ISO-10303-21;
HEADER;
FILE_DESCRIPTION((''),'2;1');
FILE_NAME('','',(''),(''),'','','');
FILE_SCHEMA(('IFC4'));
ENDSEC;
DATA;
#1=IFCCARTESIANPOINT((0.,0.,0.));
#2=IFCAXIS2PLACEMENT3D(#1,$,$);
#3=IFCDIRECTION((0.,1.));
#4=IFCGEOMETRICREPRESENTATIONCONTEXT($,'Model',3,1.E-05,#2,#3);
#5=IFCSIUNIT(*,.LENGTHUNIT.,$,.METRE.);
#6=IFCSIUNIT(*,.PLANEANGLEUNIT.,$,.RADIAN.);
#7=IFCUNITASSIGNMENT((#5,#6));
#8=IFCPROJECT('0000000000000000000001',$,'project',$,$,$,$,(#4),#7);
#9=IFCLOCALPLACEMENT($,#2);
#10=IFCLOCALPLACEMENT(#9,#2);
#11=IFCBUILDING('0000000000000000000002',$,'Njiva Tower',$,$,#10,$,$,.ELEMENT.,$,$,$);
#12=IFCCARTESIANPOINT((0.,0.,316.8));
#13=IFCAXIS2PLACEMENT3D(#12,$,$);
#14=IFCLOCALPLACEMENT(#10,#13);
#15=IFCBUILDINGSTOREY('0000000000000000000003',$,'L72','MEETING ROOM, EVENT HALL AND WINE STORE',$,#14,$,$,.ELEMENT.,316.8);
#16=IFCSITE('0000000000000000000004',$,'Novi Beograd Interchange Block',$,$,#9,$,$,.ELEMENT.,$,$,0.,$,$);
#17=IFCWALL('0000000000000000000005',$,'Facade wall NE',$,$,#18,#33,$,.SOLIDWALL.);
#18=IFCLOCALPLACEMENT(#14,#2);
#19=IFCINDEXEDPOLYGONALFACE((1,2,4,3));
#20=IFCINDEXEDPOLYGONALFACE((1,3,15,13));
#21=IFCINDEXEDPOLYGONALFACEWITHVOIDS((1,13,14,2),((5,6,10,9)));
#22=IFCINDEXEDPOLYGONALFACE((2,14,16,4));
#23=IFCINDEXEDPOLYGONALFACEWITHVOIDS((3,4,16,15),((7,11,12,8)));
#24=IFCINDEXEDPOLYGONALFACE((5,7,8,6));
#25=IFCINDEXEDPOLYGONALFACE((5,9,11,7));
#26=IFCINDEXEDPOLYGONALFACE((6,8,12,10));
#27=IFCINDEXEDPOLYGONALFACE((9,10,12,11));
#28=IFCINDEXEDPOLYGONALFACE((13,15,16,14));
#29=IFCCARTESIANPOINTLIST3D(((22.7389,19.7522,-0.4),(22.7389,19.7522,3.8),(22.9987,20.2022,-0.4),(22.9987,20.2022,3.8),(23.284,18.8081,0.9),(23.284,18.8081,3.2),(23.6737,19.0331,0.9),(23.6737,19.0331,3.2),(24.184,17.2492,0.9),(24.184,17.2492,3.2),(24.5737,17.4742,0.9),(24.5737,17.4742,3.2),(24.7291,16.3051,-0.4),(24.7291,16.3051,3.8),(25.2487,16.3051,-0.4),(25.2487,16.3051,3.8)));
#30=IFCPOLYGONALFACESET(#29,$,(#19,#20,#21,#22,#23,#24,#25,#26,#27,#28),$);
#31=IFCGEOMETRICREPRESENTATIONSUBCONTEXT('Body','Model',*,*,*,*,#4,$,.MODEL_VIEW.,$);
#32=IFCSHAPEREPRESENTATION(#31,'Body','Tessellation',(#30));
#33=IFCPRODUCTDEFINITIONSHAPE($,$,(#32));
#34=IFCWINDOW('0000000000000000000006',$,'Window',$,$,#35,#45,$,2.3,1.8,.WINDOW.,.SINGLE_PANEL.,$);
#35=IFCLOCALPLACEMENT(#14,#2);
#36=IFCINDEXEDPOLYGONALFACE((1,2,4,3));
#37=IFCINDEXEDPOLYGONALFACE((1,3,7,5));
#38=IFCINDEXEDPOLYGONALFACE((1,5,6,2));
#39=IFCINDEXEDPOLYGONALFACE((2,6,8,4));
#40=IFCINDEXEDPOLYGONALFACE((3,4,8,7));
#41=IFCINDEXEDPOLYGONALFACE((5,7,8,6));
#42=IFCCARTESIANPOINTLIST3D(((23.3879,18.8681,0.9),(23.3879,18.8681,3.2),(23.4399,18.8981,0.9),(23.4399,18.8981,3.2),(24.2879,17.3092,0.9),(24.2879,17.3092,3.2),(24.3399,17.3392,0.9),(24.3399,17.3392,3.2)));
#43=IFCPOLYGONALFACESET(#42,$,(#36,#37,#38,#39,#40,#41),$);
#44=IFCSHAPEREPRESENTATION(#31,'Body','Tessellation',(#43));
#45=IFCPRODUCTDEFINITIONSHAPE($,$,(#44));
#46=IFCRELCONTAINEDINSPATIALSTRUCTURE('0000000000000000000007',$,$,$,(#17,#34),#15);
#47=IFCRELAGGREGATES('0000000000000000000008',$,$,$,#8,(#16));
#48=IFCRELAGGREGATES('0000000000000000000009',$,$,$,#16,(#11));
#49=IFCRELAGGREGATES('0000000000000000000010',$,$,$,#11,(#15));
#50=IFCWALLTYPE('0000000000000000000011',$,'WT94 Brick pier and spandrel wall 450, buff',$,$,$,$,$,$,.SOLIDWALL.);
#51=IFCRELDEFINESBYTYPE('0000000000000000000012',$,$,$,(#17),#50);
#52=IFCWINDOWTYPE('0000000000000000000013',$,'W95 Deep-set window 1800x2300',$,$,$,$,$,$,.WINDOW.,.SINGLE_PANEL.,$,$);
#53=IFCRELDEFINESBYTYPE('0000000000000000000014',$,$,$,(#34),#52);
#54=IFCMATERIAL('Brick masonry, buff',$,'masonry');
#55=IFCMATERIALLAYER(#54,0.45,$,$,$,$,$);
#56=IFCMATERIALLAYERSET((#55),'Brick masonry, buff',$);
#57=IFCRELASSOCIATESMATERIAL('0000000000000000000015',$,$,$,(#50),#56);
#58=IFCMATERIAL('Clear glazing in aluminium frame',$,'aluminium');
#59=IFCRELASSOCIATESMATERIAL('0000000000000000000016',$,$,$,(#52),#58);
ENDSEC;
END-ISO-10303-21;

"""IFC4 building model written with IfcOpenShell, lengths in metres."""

from ifc_helpers import new_model, si_unit, direction, frame, frame_2d, origin, place, context, subcontext, project, spatial, polyline, rectangle, outline, extrude, material, layer, layer_set, type_object, element, fill, save


model = new_model("IFC4")

# Units and contexts
model_context = context("Model", 3, precision=1e-05, world=origin(), true_north=direction((0.0, 1.0)))
body_context = subcontext(model_context, "Body", "Model", "MODEL_VIEW")
ifc_project = project(units=[si_unit("LENGTHUNIT", "METRE"), si_unit("PLANEANGLEUNIT", "RADIAN")], contexts=[model_context])

# Site, building, storey
site_placement = place(None, origin())
site = spatial("IfcSite", under=ifc_project, at=site_placement, Name="Novi Beograd Interchange Block", CompositionType="ELEMENT", RefElevation=0.0)
building_placement = place(site_placement, origin())
building = spatial("IfcBuilding", under=site, at=building_placement, Name="Njiva Tower", CompositionType="ELEMENT")
storey_placement = place(building_placement, frame((0.0, 0.0, 316.8)))
storey = spatial("IfcBuildingStorey", under=building, at=storey_placement, Name="L72", Description="MEETING ROOM, EVENT HALL AND WINE STORE", CompositionType="ELEMENT", Elevation=316.8)

# Shared definitions
ifc_material_1 = material(Name="Clear glazing in aluminium frame", Category="aluminium")

# Wall, opening, window
ifc_material_2 = material(Name="Brick masonry, buff", Category="masonry")
ifc_layer_1 = layer(ifc_material_2, 0.45)
ifc_layer_set_1 = layer_set([ifc_layer_1], Name="Brick masonry, buff")
wall_type_1 = type_object("IfcWallType", Name="WT94 Brick pier and spandrel wall 450, buff", PredefinedType="SOLIDWALL", material=ifc_layer_set_1)
wall_1_placement = place(storey_placement, frame((24.9889, 16.3051, -0.4), z_axis=(0.0, 0.0, 1.0), x_axis=(-0.500002, 0.866024, 0.0)))
wall_1 = element("IfcWall", 1, at=wall_1_placement, inside=storey, type_object=wall_type_1, Name="Facade wall NE", PredefinedType="SOLIDWALL", context=body_context, shape_type="SweptSolid", body=[
    extrude(outline(polyline([(-0.1299, -0.225), (4.3701, -0.225), (4.1103, 0.225), (0.1299, 0.225), (-0.1299, -0.225)])), origin(), (0.0, 0.0, 1.0), 4.2),
])
opening_1_placement = place(wall_1_placement, frame((1.2201, 0.0, 1.3)))
opening_1 = element("IfcOpeningElement", 2, at=opening_1_placement, cuts=wall_1, PredefinedType="OPENING", context=body_context, shape_type="SweptSolid", body=[
    extrude(rectangle(XDim=1.8, YDim=2.3, at=frame_2d((0.9, 1.15))), frame((0.0, 0.235, 0.0), z_axis=(0.0, -1.0, 0.0), x_axis=(1.0, 0.0, 0.0)), (0.0, 0.0, 1.0), 0.47),
])
window_type_1 = type_object("IfcWindowType", Name="W95 Deep-set window 1800x2300", PartitioningType="SINGLE_PANEL", PredefinedType="WINDOW", material=ifc_material_1)
window_1_placement = place(opening_1_placement, origin())
window_1 = element("IfcWindow", 3, at=window_1_placement, inside=storey, type_object=window_type_1, Name="Window", OverallHeight=2.3, OverallWidth=1.8, PartitioningType="SINGLE_PANEL", PredefinedType="WINDOW", context=body_context, shape_type="SweptSolid", body=[
    extrude(rectangle(XDim=1.8, YDim=2.3, at=frame_2d((0.9, 1.15))), frame((0.0, 0.105, 0.0), z_axis=(0.0, -1.0, 0.0), x_axis=(1.0, 0.0, 0.0)), (0.0, 0.0, 1.0), 0.06),
])
fill(opening_1, window_1)

save(model, "model.ifc")
